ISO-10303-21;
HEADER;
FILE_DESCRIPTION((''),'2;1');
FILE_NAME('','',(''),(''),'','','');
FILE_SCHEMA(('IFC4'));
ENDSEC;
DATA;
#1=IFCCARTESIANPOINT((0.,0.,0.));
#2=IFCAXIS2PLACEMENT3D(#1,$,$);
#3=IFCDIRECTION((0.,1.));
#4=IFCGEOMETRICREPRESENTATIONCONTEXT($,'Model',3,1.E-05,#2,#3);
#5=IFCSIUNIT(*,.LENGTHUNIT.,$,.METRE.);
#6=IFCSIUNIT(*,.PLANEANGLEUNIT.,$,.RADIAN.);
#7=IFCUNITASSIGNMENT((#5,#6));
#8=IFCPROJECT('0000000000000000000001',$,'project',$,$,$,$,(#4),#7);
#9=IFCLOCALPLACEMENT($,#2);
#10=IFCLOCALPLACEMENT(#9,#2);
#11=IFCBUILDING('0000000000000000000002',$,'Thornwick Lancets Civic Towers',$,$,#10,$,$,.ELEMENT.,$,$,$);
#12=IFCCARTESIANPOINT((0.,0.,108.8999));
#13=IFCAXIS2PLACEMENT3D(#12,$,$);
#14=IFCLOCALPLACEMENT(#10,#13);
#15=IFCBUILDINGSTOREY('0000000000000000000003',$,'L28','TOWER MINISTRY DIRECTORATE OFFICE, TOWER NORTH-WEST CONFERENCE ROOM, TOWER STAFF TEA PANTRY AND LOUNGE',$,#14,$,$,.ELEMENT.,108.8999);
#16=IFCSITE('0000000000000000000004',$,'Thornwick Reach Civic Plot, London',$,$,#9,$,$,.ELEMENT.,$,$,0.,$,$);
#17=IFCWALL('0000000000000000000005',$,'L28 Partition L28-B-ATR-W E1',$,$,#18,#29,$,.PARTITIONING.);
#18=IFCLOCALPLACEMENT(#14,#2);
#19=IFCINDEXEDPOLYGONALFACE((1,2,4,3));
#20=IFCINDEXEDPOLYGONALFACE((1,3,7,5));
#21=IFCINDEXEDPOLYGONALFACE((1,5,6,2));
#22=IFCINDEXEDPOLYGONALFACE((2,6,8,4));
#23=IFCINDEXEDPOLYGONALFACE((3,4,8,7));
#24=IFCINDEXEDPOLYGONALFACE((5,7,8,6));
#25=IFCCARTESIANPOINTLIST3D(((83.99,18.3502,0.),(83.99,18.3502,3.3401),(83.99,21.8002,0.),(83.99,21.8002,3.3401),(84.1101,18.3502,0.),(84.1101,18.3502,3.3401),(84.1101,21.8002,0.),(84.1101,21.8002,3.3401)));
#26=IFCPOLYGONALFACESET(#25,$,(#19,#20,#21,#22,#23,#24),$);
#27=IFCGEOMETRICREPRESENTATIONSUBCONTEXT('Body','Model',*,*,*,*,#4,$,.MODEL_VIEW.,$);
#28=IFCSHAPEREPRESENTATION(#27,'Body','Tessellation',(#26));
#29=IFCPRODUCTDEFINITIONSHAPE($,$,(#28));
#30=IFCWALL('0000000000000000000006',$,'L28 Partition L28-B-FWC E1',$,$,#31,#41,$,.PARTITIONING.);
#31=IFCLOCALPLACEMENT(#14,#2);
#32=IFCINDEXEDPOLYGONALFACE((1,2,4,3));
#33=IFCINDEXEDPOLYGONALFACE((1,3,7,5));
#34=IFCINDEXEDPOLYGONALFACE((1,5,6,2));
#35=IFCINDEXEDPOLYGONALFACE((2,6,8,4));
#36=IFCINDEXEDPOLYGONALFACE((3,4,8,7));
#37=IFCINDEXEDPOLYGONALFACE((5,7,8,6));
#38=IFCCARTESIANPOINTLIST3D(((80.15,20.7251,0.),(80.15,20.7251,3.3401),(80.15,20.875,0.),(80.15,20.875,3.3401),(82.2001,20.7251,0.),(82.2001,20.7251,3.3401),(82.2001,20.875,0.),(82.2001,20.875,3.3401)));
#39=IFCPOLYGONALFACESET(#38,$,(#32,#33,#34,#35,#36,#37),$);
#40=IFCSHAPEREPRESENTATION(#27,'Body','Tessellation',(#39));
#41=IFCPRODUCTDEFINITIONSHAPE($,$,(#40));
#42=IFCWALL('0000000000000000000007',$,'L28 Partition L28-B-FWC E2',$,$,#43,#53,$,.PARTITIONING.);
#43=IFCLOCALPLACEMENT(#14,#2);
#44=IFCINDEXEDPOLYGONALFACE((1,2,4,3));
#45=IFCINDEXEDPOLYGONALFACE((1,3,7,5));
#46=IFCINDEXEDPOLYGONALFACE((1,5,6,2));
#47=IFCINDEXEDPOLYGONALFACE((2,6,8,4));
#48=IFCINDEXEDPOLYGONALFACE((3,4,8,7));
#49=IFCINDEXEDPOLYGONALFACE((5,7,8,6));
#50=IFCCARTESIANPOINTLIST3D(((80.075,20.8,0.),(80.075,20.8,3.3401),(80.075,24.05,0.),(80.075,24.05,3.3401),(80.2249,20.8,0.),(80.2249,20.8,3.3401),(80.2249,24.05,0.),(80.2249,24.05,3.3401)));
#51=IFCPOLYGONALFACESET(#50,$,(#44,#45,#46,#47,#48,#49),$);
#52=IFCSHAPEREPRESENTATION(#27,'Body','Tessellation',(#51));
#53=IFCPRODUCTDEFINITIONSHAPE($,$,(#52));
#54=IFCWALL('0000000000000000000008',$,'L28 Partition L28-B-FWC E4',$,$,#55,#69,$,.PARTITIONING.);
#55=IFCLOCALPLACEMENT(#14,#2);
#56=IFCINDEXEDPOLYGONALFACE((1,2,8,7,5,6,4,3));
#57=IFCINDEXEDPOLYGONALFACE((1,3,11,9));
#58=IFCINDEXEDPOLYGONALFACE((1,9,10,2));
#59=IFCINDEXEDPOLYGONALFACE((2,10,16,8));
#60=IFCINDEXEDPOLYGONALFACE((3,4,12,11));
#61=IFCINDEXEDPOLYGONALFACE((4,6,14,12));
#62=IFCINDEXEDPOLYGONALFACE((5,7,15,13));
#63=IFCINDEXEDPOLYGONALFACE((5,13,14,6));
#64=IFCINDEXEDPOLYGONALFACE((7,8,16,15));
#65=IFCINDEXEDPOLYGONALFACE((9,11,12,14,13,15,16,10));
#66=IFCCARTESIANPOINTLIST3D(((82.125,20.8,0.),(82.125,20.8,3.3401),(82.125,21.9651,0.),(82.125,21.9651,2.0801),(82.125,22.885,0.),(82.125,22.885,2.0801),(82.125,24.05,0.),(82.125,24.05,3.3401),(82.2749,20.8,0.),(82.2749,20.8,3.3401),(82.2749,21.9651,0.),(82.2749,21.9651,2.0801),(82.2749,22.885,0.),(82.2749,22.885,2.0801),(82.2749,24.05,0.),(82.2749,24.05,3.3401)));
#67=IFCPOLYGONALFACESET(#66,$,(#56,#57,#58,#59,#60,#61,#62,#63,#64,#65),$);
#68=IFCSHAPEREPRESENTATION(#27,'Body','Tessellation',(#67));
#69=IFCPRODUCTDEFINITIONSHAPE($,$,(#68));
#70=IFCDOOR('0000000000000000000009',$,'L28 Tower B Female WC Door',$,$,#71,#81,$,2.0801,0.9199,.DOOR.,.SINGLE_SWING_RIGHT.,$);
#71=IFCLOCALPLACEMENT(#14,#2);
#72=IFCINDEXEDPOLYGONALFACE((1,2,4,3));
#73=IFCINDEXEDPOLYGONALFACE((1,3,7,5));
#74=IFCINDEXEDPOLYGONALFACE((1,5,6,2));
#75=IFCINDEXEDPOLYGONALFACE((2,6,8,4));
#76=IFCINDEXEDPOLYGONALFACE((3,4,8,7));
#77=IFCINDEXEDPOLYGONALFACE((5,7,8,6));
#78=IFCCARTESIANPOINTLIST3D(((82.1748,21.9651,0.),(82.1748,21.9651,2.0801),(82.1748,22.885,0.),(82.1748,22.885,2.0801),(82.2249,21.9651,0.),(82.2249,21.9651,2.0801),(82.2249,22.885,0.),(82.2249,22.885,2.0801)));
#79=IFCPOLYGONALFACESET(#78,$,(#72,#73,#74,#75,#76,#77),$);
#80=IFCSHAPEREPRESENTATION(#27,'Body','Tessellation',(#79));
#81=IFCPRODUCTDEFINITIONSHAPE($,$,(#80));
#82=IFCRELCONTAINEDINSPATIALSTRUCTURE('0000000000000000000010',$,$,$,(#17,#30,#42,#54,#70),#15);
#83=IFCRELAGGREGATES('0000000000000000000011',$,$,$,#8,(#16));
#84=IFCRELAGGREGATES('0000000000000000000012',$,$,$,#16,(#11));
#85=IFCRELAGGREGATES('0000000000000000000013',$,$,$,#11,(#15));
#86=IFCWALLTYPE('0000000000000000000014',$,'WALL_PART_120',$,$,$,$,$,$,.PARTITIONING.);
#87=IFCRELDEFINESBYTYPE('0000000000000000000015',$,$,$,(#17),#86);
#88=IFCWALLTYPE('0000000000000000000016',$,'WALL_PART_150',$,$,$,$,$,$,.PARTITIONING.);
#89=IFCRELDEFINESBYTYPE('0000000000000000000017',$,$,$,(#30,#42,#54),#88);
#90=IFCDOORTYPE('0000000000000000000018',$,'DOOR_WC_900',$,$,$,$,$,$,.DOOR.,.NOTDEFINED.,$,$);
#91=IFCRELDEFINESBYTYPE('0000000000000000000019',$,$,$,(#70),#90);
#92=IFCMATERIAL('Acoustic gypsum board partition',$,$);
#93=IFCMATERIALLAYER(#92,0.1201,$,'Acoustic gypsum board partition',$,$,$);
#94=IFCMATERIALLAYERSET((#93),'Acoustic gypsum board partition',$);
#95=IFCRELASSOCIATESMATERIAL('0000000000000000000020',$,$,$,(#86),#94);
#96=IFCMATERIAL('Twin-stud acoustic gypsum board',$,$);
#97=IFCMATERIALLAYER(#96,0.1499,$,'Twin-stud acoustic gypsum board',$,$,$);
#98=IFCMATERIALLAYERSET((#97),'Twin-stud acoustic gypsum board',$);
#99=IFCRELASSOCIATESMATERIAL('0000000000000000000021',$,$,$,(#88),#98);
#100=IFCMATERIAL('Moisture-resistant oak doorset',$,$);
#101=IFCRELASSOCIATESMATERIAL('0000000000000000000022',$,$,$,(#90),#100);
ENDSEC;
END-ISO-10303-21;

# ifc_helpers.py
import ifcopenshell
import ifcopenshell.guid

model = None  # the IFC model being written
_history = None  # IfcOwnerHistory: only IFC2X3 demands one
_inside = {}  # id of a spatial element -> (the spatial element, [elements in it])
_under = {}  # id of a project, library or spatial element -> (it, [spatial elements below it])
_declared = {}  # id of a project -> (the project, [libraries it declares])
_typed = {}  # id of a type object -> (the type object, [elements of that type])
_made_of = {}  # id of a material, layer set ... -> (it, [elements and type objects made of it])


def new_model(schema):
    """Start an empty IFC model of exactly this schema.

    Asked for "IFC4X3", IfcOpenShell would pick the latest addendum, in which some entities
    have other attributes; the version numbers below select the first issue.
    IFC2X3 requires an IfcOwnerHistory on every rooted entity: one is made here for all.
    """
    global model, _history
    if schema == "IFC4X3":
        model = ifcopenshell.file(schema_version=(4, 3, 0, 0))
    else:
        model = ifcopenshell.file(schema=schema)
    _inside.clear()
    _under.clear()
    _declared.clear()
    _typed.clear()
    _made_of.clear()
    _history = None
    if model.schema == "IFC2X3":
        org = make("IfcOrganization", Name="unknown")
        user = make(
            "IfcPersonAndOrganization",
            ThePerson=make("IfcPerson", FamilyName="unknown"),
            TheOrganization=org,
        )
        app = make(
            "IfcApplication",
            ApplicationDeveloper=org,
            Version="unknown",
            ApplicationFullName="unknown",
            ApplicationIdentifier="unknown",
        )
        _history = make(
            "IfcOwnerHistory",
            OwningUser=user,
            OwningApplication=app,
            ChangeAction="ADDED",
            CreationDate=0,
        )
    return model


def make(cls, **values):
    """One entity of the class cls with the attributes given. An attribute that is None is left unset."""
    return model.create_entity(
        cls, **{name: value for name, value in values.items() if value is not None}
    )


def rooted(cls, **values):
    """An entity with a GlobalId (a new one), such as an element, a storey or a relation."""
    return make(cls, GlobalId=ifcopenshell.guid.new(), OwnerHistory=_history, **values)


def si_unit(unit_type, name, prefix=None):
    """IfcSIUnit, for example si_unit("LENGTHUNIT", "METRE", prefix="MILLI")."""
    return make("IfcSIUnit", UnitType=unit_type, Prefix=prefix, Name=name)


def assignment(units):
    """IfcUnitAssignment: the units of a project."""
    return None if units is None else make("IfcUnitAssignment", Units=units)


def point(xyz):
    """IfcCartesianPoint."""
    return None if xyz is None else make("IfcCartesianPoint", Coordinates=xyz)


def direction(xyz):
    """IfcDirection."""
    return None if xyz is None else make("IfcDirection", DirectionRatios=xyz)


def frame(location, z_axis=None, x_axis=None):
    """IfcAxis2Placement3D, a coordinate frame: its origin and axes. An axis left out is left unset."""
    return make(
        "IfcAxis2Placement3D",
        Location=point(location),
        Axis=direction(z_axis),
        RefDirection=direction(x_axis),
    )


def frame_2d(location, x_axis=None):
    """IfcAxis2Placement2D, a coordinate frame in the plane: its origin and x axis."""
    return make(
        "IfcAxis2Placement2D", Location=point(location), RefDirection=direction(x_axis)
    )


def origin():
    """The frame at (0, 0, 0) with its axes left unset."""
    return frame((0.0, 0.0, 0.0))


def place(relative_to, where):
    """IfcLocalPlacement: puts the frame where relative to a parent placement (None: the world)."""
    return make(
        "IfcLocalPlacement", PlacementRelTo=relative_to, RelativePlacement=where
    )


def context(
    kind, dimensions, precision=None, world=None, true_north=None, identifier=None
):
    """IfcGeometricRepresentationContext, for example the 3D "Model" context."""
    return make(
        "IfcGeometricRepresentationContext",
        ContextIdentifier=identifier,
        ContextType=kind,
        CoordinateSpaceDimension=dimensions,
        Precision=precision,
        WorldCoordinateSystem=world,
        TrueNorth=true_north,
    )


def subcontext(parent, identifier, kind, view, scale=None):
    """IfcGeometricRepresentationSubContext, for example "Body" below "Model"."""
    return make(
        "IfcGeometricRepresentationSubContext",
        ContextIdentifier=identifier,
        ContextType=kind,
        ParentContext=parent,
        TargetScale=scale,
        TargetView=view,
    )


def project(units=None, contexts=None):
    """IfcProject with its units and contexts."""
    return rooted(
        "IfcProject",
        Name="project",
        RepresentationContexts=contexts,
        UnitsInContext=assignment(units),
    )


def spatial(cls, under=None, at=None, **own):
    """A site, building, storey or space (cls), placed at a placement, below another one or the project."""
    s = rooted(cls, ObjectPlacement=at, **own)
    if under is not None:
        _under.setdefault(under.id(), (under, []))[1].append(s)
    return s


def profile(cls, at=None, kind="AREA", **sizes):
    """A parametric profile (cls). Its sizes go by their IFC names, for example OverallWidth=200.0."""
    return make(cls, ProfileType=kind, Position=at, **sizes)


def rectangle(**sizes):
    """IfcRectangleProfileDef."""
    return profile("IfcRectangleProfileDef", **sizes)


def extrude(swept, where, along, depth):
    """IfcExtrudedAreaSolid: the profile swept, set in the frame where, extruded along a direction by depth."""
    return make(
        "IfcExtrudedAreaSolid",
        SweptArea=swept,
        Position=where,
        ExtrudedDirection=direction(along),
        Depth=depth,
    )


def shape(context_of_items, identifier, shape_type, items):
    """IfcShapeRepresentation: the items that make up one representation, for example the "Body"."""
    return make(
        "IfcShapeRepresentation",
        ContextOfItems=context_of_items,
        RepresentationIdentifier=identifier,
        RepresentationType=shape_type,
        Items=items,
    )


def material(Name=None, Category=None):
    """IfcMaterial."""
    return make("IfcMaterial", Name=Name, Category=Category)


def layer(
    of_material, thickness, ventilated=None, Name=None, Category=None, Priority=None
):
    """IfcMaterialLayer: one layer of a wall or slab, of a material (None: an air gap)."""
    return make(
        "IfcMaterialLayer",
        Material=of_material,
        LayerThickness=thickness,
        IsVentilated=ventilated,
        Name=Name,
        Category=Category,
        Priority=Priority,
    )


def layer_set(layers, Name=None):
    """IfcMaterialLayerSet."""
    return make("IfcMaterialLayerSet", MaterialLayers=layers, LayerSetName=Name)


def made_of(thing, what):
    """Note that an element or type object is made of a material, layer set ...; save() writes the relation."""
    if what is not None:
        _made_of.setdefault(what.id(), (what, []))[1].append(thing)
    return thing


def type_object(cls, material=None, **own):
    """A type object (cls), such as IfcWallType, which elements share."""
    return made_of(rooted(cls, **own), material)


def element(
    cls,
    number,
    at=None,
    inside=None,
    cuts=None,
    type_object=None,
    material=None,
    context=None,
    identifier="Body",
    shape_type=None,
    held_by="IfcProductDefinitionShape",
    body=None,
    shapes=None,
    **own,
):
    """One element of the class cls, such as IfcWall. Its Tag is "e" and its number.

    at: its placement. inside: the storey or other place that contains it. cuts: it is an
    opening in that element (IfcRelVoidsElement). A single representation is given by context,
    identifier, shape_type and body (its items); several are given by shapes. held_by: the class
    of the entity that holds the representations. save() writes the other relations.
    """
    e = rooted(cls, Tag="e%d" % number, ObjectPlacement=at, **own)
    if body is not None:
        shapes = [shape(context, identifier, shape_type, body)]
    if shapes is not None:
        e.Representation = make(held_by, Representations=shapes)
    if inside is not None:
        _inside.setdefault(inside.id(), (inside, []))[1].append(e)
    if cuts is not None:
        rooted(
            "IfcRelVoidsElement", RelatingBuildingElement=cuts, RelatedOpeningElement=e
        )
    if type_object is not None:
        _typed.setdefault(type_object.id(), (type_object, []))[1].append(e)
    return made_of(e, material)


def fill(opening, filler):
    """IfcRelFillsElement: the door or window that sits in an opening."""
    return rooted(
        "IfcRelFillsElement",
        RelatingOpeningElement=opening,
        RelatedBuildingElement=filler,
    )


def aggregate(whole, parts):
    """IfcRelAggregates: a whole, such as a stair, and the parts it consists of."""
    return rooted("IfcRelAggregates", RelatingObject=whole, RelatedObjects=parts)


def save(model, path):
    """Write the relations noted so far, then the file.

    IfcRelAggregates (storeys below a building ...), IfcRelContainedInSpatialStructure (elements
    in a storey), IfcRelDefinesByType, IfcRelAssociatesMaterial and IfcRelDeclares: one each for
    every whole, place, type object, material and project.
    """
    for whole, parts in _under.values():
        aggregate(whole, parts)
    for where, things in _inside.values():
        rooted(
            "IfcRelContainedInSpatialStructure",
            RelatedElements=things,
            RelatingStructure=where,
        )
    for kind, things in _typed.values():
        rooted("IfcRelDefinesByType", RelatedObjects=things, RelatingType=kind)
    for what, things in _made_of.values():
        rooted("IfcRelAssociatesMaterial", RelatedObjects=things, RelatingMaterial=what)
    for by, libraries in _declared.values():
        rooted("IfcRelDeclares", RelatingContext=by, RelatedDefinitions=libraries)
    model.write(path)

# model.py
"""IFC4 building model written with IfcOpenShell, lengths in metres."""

from ifc_helpers import new_model, si_unit, direction, frame, frame_2d, origin, place, context, subcontext, project, spatial, rectangle, extrude, material, layer, layer_set, type_object, element, fill, save


model = new_model("IFC4")

# Units and contexts
model_context = context("Model", 3, precision=1e-05, world=origin(), true_north=direction((0.0, 1.0)))
body_context = subcontext(model_context, "Body", "Model", "MODEL_VIEW")
ifc_project = project(units=[si_unit("LENGTHUNIT", "METRE"), si_unit("PLANEANGLEUNIT", "RADIAN")], contexts=[model_context])

# Site, building, storey
site_placement = place(None, origin())
site = spatial("IfcSite", under=ifc_project, at=site_placement, Name="Thornwick Reach Civic Plot, London", CompositionType="ELEMENT", RefElevation=0.0)
building_placement = place(site_placement, origin())
building = spatial("IfcBuilding", under=site, at=building_placement, Name="Thornwick Lancets Civic Towers", CompositionType="ELEMENT")
storey_placement = place(building_placement, frame((0.0, 0.0, 108.8999)))
storey = spatial("IfcBuildingStorey", under=building, at=storey_placement, Name="L28", Description="TOWER MINISTRY DIRECTORATE OFFICE, TOWER NORTH-WEST CONFERENCE ROOM, TOWER STAFF TEA PANTRY AND LOUNGE", CompositionType="ELEMENT", Elevation=108.8999)

# Walls
ifc_material_1 = material(Name="Acoustic gypsum board partition")
ifc_layer_1 = layer(ifc_material_1, 0.1201, Name="Acoustic gypsum board partition")
ifc_layer_set_1 = layer_set([ifc_layer_1], Name="Acoustic gypsum board partition")
wall_type_1 = type_object("IfcWallType", Name="WALL_PART_120", PredefinedType="PARTITIONING", material=ifc_layer_set_1)
wall_1_placement = place(storey_placement, frame((84.05, 18.3501, 0.0), z_axis=(0.0, 0.0, 1.0), x_axis=(0.0, 1.0, 0.0)))
element("IfcWall", 1, at=wall_1_placement, inside=storey, type_object=wall_type_1, Name="L28 Partition L28-B-ATR-W E1", PredefinedType="PARTITIONING", context=body_context, shape_type="SweptSolid", body=[
    extrude(rectangle(XDim=3.45, YDim=0.1201, at=frame_2d((1.7251, 0.0))), origin(), (0.0, 0.0, 1.0), 3.3401),
])
ifc_material_2 = material(Name="Twin-stud acoustic gypsum board")
ifc_layer_2 = layer(ifc_material_2, 0.1499, Name="Twin-stud acoustic gypsum board")
ifc_layer_set_2 = layer_set([ifc_layer_2], Name="Twin-stud acoustic gypsum board")
wall_type_2 = type_object("IfcWallType", Name="WALL_PART_150", PredefinedType="PARTITIONING", material=ifc_layer_set_2)
wall_2_placement = place(storey_placement, frame((82.2, 20.8, 0.0), z_axis=(0.0, 0.0, 1.0), x_axis=(-1.0, 0.0, 0.0)))
element("IfcWall", 2, at=wall_2_placement, inside=storey, type_object=wall_type_2, Name="L28 Partition L28-B-FWC E1", PredefinedType="PARTITIONING", context=body_context, shape_type="SweptSolid", body=[
    extrude(rectangle(XDim=2.05, YDim=0.1499, at=frame_2d((1.0249, 0.0))), origin(), (0.0, 0.0, 1.0), 3.3401),
])
wall_3_placement = place(storey_placement, frame((80.1499, 20.8, 0.0), z_axis=(0.0, 0.0, 1.0), x_axis=(0.0, 1.0, 0.0)))
element("IfcWall", 3, at=wall_3_placement, inside=storey, type_object=wall_type_2, Name="L28 Partition L28-B-FWC E2", PredefinedType="PARTITIONING", context=body_context, shape_type="SweptSolid", body=[
    extrude(rectangle(XDim=3.25, YDim=0.1499, at=frame_2d((1.625, 0.0))), origin(), (0.0, 0.0, 1.0), 3.3401),
])

# Wall, opening, door
wall_4_placement = place(storey_placement, frame((82.2, 24.05, 0.0), z_axis=(0.0, 0.0, 1.0), x_axis=(0.0, -1.0, 0.0)))
wall_4 = element("IfcWall", 4, at=wall_4_placement, inside=storey, type_object=wall_type_2, Name="L28 Partition L28-B-FWC E4", PredefinedType="PARTITIONING", context=body_context, shape_type="SweptSolid", body=[
    extrude(rectangle(XDim=3.25, YDim=0.1499, at=frame_2d((1.625, 0.0))), origin(), (0.0, 0.0, 1.0), 3.3401),
])
opening_1_placement = place(wall_4_placement, frame((1.165, 0.0, 0.0)))
opening_1 = element("IfcOpeningElement", 5, at=opening_1_placement, cuts=wall_4, PredefinedType="OPENING", context=body_context, shape_type="SweptSolid", body=[
    extrude(rectangle(XDim=0.9199, YDim=2.0801, at=frame_2d((0.46, 1.04))), frame((0.0, 0.085, 0.0), z_axis=(0.0, -1.0, 0.0), x_axis=(1.0, 0.0, 0.0)), (0.0, 0.0, 1.0), 0.1699),
])
ifc_material_3 = material(Name="Moisture-resistant oak doorset")
door_type_1 = type_object("IfcDoorType", Name="DOOR_WC_900", OperationType="NOTDEFINED", PredefinedType="DOOR", material=ifc_material_3)
door_1_placement = place(opening_1_placement, origin())
door_1 = element("IfcDoor", 6, at=door_1_placement, inside=storey, type_object=door_type_1, Name="L28 Tower B Female WC Door", OperationType="SINGLE_SWING_RIGHT", OverallHeight=2.0801, OverallWidth=0.9199, PredefinedType="DOOR", context=body_context, shape_type="SweptSolid", body=[
    extrude(rectangle(XDim=0.9199, YDim=2.0801, at=frame_2d((0.46, 1.04))), frame((0.0, 0.0249, 0.0), z_axis=(0.0, -1.0, 0.0), x_axis=(1.0, 0.0, 0.0)), (0.0, 0.0, 1.0), 0.05),
])
fill(opening_1, door_1)

save(model, "model.ifc")
